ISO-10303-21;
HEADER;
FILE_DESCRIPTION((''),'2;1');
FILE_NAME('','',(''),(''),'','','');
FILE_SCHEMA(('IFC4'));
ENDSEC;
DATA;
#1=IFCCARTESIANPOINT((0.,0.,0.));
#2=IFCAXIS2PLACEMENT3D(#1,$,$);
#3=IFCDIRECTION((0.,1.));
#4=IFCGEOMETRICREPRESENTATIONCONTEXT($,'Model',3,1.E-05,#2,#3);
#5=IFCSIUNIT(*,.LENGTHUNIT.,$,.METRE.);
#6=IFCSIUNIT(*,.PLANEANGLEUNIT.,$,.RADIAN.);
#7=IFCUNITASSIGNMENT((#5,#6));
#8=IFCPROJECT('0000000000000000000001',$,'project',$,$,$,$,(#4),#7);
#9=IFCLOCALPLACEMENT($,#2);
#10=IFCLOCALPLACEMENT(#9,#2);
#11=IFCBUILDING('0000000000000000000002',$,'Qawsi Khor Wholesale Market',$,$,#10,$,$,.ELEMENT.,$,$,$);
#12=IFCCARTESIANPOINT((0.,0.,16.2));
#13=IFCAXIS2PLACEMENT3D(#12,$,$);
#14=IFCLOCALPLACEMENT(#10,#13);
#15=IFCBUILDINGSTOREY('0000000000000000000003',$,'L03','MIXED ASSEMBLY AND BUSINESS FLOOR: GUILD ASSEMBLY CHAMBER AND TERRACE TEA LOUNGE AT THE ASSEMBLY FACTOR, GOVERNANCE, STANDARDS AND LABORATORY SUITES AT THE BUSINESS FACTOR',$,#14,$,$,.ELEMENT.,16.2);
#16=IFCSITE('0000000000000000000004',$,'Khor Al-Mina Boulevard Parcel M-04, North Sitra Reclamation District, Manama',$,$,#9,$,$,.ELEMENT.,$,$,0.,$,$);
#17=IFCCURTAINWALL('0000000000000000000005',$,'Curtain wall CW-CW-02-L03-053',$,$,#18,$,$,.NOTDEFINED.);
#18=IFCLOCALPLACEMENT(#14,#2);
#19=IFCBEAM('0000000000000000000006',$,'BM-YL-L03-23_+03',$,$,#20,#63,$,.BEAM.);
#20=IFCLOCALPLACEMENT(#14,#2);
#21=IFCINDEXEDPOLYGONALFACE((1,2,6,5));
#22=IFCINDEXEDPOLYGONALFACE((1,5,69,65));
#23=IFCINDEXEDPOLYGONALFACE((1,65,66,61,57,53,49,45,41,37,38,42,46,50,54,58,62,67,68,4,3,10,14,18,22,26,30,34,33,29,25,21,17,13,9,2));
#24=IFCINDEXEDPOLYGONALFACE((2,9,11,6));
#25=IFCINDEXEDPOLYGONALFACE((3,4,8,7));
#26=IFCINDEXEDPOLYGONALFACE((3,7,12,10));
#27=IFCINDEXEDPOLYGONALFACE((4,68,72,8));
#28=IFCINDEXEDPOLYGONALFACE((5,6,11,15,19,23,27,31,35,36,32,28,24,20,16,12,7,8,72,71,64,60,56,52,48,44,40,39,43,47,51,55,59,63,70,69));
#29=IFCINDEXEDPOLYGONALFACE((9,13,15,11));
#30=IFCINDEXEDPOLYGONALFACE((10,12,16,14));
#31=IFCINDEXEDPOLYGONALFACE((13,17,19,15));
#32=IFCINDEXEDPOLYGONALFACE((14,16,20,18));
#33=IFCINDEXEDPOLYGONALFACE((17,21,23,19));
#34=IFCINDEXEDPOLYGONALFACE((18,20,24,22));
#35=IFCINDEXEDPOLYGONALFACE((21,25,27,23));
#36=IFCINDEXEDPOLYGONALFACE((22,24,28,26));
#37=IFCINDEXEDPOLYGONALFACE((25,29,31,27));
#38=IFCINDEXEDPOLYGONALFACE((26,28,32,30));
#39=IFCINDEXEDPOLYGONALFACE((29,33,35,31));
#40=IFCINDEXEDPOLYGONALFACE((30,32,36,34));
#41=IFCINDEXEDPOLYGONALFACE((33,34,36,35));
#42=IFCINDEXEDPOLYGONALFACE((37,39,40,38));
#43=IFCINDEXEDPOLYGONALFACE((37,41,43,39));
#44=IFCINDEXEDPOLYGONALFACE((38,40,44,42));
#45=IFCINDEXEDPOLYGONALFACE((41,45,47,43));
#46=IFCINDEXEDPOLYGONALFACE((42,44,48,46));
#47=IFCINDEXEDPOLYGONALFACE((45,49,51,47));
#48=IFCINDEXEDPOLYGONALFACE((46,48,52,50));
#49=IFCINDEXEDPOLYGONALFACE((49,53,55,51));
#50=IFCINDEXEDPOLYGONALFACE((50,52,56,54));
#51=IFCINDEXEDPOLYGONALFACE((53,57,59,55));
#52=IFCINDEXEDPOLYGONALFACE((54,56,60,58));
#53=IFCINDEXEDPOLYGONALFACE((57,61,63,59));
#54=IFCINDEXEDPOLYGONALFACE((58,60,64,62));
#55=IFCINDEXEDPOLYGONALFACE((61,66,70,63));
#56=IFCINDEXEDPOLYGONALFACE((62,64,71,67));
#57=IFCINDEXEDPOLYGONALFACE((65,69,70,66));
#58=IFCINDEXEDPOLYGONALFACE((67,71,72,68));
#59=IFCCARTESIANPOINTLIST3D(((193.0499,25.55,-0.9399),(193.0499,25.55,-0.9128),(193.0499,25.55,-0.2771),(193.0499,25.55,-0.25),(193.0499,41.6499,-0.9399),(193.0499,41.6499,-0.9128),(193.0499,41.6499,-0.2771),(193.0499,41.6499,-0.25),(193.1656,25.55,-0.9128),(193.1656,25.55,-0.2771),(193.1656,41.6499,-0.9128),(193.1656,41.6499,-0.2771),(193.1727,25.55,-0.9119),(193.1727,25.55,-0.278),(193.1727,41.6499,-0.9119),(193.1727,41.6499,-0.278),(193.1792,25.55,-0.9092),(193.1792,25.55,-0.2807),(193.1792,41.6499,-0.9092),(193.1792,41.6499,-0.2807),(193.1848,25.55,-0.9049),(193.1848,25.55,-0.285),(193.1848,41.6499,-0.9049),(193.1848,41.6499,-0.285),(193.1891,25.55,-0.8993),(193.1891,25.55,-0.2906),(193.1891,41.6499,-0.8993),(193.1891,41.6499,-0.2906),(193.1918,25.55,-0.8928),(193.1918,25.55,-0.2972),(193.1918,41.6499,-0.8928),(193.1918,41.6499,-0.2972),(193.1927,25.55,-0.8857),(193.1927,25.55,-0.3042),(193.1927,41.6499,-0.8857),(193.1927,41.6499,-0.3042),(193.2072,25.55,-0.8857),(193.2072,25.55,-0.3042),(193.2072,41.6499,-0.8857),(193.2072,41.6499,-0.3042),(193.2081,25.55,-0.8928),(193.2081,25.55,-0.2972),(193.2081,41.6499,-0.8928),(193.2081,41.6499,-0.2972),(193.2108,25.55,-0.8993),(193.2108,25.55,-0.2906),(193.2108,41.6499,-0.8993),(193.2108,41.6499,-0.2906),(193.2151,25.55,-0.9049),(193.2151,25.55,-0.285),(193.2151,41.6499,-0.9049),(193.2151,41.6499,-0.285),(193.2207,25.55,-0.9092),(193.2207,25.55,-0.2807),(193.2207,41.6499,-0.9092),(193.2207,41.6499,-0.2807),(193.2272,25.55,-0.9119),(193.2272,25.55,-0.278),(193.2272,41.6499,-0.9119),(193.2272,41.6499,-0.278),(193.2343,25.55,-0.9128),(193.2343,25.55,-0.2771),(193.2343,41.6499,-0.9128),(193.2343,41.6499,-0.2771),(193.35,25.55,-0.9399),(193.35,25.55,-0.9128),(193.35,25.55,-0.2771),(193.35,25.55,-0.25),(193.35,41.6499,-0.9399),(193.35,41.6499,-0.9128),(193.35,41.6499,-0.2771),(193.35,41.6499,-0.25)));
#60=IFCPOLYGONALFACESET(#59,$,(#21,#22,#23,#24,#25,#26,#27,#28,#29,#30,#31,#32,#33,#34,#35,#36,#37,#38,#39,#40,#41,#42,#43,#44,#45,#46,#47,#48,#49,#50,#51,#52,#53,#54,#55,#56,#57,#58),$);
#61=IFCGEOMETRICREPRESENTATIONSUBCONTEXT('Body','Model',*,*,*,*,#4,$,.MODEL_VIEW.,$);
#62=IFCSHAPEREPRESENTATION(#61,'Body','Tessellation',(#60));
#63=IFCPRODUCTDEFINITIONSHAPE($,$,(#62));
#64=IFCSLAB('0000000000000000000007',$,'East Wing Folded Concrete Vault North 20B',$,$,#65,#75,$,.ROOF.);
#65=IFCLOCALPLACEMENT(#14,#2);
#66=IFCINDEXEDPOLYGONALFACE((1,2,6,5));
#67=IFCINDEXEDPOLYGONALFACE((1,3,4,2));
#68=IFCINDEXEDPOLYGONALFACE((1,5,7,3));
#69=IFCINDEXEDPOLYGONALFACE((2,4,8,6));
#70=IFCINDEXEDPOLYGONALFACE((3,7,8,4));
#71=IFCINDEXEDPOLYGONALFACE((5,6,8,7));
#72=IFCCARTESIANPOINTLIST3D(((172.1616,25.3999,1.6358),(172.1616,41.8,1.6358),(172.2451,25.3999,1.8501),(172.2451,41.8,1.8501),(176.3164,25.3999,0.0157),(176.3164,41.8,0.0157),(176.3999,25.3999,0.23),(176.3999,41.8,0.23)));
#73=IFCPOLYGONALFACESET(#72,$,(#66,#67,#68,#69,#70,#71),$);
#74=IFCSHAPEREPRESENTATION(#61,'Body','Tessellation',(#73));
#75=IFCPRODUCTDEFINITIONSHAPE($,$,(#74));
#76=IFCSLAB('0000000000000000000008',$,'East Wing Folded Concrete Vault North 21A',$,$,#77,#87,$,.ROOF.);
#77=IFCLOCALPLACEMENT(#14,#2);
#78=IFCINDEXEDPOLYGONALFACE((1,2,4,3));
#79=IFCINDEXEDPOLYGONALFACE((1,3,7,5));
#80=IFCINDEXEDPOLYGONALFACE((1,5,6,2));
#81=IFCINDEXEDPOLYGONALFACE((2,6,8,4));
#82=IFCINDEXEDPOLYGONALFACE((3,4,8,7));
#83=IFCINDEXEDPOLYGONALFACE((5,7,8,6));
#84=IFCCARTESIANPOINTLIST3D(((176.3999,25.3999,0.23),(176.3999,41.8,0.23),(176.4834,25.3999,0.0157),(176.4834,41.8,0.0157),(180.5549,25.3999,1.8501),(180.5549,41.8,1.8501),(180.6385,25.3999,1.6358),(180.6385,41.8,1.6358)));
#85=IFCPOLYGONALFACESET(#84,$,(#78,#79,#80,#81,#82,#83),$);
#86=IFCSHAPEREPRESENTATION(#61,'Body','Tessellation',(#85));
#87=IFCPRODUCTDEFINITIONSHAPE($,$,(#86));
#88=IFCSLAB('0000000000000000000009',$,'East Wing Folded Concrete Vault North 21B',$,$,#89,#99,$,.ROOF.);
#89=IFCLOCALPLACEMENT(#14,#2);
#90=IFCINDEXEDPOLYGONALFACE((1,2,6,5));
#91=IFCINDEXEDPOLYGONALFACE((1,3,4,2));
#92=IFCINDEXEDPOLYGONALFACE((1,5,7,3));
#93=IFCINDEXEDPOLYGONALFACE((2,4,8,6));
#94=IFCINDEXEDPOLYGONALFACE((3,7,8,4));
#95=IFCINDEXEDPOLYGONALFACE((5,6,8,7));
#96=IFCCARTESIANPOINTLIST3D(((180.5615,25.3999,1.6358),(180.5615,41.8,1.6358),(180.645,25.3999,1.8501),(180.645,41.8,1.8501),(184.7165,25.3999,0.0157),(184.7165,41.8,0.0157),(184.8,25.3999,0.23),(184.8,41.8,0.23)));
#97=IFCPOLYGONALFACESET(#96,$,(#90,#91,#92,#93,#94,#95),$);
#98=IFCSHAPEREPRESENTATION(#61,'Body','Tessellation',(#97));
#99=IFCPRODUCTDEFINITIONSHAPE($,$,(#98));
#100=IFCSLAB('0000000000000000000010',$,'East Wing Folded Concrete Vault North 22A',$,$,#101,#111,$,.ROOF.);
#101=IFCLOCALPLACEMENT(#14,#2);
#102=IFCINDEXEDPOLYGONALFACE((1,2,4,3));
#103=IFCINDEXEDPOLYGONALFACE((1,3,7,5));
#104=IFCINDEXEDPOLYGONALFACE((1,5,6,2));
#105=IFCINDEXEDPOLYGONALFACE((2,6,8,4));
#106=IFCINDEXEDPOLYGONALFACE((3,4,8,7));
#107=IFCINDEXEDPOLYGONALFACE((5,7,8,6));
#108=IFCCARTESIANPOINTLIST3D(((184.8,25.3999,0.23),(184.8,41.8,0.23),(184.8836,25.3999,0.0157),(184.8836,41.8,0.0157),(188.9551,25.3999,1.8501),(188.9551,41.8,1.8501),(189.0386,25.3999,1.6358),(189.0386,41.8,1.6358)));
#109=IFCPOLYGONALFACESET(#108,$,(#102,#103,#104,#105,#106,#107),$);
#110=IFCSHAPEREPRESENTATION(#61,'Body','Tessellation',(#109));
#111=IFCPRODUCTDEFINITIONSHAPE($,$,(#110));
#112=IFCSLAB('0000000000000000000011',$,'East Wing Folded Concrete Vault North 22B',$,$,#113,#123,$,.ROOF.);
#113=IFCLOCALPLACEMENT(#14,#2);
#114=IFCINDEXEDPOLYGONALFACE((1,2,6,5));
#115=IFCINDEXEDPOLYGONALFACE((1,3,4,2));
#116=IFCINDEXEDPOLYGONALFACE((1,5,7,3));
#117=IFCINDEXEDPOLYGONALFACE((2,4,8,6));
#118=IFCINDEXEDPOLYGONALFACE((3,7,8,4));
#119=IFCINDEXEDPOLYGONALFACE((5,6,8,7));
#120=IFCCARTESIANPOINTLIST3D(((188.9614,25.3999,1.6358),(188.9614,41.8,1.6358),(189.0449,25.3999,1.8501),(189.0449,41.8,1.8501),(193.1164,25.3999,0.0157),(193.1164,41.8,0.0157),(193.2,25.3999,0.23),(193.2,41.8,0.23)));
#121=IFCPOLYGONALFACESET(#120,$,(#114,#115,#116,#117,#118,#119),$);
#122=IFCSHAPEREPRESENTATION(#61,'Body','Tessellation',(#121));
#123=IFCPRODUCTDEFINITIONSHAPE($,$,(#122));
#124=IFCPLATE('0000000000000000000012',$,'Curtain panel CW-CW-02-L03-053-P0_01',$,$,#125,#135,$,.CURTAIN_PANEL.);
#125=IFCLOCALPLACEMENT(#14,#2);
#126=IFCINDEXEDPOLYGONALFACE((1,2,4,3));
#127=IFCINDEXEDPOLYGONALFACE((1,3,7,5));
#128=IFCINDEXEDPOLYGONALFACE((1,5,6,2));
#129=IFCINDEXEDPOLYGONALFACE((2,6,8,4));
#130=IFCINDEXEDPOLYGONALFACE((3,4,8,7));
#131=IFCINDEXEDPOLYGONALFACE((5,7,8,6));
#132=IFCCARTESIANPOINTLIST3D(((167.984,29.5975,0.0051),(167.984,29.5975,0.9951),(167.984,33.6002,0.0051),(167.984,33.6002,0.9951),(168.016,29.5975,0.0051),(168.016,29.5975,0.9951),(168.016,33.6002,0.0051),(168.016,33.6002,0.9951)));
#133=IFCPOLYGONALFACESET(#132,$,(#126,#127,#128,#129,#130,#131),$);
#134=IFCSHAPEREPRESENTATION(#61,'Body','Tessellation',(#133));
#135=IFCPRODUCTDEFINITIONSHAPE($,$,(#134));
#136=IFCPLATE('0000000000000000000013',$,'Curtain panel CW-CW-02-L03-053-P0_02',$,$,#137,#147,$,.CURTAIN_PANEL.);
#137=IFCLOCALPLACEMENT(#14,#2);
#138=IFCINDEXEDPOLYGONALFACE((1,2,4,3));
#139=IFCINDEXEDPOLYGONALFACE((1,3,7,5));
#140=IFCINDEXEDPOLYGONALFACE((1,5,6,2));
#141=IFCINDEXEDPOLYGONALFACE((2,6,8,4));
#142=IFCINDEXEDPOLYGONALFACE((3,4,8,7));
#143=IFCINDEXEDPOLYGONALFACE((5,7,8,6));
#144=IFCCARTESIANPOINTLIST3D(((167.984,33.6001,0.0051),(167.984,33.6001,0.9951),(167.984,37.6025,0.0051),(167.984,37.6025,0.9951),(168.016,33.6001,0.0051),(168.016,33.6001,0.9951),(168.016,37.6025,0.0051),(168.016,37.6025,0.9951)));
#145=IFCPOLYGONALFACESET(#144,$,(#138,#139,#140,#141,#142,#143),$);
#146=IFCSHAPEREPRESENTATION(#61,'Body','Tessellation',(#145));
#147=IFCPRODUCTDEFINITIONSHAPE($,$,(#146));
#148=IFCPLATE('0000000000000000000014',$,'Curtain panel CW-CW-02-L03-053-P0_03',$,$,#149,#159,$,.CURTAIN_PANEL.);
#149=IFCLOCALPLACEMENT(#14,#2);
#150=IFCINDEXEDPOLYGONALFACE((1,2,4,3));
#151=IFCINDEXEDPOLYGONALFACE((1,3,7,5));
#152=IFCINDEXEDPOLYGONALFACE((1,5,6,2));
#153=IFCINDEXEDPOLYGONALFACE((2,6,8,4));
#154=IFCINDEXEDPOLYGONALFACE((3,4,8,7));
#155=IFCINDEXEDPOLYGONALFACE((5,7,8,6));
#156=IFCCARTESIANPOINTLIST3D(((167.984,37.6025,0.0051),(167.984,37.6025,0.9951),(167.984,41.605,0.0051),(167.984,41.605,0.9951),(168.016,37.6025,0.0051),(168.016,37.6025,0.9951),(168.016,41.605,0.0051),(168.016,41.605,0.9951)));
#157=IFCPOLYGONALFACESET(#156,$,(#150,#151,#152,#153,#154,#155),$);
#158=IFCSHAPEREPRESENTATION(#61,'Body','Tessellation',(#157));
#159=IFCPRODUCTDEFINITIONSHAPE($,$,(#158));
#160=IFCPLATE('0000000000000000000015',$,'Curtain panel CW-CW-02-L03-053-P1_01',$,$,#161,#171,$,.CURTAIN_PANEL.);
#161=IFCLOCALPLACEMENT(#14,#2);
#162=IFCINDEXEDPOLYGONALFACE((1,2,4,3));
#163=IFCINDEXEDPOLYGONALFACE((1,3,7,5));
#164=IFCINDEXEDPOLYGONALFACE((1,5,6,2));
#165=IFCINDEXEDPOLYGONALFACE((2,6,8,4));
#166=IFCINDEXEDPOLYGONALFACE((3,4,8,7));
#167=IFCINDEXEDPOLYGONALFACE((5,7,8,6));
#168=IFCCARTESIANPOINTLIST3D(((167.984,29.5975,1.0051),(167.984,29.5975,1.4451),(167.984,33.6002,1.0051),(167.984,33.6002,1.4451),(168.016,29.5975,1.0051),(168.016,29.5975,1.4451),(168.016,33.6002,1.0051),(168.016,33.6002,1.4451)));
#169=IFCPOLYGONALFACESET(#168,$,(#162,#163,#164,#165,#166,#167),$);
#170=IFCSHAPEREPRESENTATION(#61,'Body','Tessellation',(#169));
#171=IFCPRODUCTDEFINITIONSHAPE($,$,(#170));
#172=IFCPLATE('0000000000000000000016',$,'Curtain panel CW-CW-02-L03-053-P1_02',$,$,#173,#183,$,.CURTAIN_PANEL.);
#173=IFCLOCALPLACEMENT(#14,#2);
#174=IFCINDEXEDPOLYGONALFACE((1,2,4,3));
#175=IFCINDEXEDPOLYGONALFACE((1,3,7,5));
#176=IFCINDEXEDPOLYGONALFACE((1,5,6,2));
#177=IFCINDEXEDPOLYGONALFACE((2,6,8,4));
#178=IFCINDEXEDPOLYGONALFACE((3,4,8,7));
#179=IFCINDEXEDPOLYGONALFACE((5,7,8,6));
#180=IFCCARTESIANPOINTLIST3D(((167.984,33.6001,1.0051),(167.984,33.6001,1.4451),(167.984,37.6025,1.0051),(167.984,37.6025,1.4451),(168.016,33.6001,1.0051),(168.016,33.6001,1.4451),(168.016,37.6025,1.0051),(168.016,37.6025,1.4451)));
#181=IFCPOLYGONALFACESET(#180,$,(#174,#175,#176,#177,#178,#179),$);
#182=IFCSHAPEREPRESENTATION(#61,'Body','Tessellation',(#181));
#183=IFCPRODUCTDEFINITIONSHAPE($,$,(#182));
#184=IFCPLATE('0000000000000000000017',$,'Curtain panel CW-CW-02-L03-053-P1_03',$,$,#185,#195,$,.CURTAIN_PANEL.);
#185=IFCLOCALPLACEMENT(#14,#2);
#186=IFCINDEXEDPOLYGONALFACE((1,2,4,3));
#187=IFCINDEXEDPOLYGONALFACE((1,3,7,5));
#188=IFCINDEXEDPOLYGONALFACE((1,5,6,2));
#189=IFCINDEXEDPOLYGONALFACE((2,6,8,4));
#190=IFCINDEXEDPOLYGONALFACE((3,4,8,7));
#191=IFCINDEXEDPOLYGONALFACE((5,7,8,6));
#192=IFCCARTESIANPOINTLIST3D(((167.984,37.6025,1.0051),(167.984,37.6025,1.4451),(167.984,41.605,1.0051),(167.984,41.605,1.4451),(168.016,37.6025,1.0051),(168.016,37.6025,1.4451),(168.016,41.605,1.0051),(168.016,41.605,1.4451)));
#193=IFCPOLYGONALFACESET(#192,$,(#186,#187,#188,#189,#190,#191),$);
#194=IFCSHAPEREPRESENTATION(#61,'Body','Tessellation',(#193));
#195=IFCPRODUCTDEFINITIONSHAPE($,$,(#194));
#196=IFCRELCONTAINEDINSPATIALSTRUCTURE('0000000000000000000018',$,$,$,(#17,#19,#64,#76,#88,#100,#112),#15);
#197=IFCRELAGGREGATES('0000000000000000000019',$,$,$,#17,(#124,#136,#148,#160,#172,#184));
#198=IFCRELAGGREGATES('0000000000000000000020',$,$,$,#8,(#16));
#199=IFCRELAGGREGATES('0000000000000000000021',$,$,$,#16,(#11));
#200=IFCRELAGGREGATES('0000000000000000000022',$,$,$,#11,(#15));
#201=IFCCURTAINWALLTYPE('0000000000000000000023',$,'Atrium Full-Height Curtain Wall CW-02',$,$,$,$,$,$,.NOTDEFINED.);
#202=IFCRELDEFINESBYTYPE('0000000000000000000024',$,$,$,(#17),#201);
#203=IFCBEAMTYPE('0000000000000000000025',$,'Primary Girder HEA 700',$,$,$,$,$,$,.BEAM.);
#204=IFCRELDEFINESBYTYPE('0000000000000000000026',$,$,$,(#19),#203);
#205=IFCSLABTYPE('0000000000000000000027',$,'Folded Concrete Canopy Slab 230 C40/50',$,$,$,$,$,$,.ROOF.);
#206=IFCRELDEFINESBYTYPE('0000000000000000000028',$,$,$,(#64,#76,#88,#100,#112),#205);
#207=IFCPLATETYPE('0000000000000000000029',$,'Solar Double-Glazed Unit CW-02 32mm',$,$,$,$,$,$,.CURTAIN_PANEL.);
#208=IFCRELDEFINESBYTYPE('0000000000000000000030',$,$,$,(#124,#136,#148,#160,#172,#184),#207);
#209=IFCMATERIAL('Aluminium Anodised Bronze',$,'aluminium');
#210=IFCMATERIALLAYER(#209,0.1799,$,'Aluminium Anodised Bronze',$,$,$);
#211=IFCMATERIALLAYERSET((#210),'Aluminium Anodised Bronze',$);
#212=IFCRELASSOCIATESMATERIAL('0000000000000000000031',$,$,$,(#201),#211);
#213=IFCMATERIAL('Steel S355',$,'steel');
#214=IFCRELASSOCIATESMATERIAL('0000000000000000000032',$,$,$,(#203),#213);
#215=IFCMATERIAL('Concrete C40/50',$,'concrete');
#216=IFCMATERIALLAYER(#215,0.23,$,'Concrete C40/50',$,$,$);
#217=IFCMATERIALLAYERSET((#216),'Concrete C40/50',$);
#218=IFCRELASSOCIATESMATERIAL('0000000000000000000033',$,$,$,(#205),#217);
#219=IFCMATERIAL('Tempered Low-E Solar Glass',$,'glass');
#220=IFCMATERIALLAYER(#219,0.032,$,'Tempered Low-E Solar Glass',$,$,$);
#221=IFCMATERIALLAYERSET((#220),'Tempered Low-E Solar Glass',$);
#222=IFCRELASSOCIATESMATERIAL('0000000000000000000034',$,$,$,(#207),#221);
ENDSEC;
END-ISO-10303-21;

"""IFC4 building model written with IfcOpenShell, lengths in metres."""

from ifc_helpers import new_model, si_unit, direction, frame, frame_2d, origin, origin_2d, place, context, subcontext, project, spatial, polyline, rectangle, i_section, outline, extrude, material, layer, layer_set, material_profile, profile_set, type_object, element, aggregate, save


model = new_model("IFC4")

# Units and contexts
model_context = context("Model", 3, precision=1e-05, world=origin(), true_north=direction((0.0, 1.0)))
body_context = subcontext(model_context, "Body", "Model", "MODEL_VIEW")
ifc_project = project(units=[si_unit("LENGTHUNIT", "METRE"), si_unit("PLANEANGLEUNIT", "RADIAN")], contexts=[model_context])

# Site, building, storey
site_placement = place(None, origin())
site = spatial("IfcSite", under=ifc_project, at=site_placement, Name="Khor Al-Mina Boulevard Parcel M-04, North Sitra Reclamation District, Manama", CompositionType="ELEMENT", RefElevation=0.0)
building_placement = place(site_placement, origin())
building = spatial("IfcBuilding", under=site, at=building_placement, Name="Qawsi Khor Wholesale Market", CompositionType="ELEMENT")
storey_placement = place(building_placement, frame((0.0, 0.0, 16.2)))
storey = spatial("IfcBuildingStorey", under=building, at=storey_placement, Name="L03", Description="MIXED ASSEMBLY AND BUSINESS FLOOR: GUILD ASSEMBLY CHAMBER AND TERRACE TEA LOUNGE AT THE ASSEMBLY FACTOR, GOVERNANCE, STANDARDS AND LABORATORY SUITES AT THE BUSINESS FACTOR", CompositionType="ELEMENT", Elevation=16.2)

# Curtain wall
ifc_material_1 = material(Name="Aluminium Anodised Bronze", Category="aluminium")
ifc_layer_1 = layer(ifc_material_1, 0.1799, Name="Aluminium Anodised Bronze")
ifc_layer_set_1 = layer_set([ifc_layer_1], Name="Aluminium Anodised Bronze")
curtain_wall_type = type_object("IfcCurtainWallType", Name="Atrium Full-Height Curtain Wall CW-02", PredefinedType="NOTDEFINED", material=ifc_layer_set_1)
curtain_wall_placement = place(storey_placement, origin())
curtain_wall = element("IfcCurtainWall", 1, at=curtain_wall_placement, inside=storey, type_object=curtain_wall_type, Name="Curtain wall CW-CW-02-L03-053", PredefinedType="NOTDEFINED")

# Shared definitions
ifc_material_2 = material(Name="Steel S355", Category="steel")

# Beam
ifc_material_profile_1 = material_profile(ifc_material_2, i_section(OverallWidth=0.3, OverallDepth=0.6899, WebThickness=0.0144, FlangeThickness=0.0271, FilletRadius=0.0271, at=origin_2d()), Name="HEA 700")
ifc_profile_set_1 = profile_set([ifc_material_profile_1], Name="Steel S355")
beam_type_1 = type_object("IfcBeamType", Name="Primary Girder HEA 700", PredefinedType="BEAM", material=ifc_profile_set_1)
for number, where, z_axis, x_axis, name in (
    (2, (193.2, 25.55, -0.595), (0.0, 1.0, 0.0), (-1.0, 0.0, 0.0), "BM-YL-L03-23_+03"),
):
    element("IfcBeam", number, at=place(storey_placement, frame(where, z_axis=z_axis, x_axis=x_axis)), inside=storey, type_object=beam_type_1, Name=name, PredefinedType="BEAM", context=body_context, shape_type="SweptSolid", body=[
        extrude(i_section(OverallWidth=0.3, OverallDepth=0.6899, WebThickness=0.0144, FlangeThickness=0.0271, FilletRadius=0.0271, at=origin_2d()), origin(), (0.0, 0.0, 1.0), 16.0999),
    ])

# Slabs
ifc_material_3 = material(Name="Concrete C40/50", Category="concrete")
ifc_layer_2 = layer(ifc_material_3, 0.23, Name="Concrete C40/50")
ifc_layer_set_2 = layer_set([ifc_layer_2], Name="Concrete C40/50")
slab_type = type_object("IfcSlabType", Name="Folded Concrete Canopy Slab 230 C40/50", PredefinedType="ROOF", material=ifc_layer_set_2)
slab_placement = place(storey_placement, frame((172.2451, 25.3999, 1.8501), z_axis=(0.363297, 0.0, 0.931673), x_axis=(0.931673, 0.0, -0.363297)))
element("IfcSlab", 3, at=slab_placement, inside=storey, type_object=slab_type, Name="East Wing Folded Concrete Vault North 20B", PredefinedType="ROOF", context=body_context, shape_type="SweptSolid", body=[
    extrude(outline(polyline([(0.0, 0.0), (4.4595, 0.0), (4.4595, 16.4001), (0.0, 16.4001), (0.0, 0.0)])), origin(), (0.0, 0.0, -1.0), 0.23),
])
for number, where, z_axis, x_axis, name in (
    (4, (176.3999, 25.3999, 0.23), (-0.363278, 0.0, 0.931681), (0.931681, 0.0, 0.363278), "East Wing Folded Concrete Vault North 21A"),
    (5, (180.645, 25.3999, 1.8501), (0.363278, 0.0, 0.931681), (0.931681, 0.0, -0.363278), "East Wing Folded Concrete Vault North 21B"),
    (6, (184.8, 25.3999, 0.23), (-0.363278, 0.0, 0.931681), (0.931681, 0.0, 0.363278), "East Wing Folded Concrete Vault North 22A"),
    (7, (189.0449, 25.3999, 1.8501), (0.363278, 0.0, 0.931681), (0.931681, 0.0, -0.363278), "East Wing Folded Concrete Vault North 22B"),
):
    element("IfcSlab", number, at=place(storey_placement, frame(where, z_axis=z_axis, x_axis=x_axis)), inside=storey, type_object=slab_type, Name=name, PredefinedType="ROOF", context=body_context, shape_type="SweptSolid", body=[
        extrude(outline(polyline([(0.0, 0.0), (4.4597, 0.0), (4.4597, 16.4001), (0.0, 16.4001), (0.0, 0.0)])), origin(), (0.0, 0.0, -1.0), 0.23),
    ])

# Plates
ifc_material_4 = material(Name="Tempered Low-E Solar Glass", Category="glass")
ifc_layer_3 = layer(ifc_material_4, 0.032, Name="Tempered Low-E Solar Glass")
ifc_layer_set_3 = layer_set([ifc_layer_3], Name="Tempered Low-E Solar Glass")
plate_type = type_object("IfcPlateType", Name="Solar Double-Glazed Unit CW-02 32mm", PredefinedType="CURTAIN_PANEL", material=ifc_layer_set_3)
plate_1_placement = place(storey_placement, frame((168.0, 29.5974, 0.0051), z_axis=(0.0, 0.0, 1.0), x_axis=(0.0, 1.0, 0.0)))
plate_1 = element("IfcPlate", 8, at=plate_1_placement, type_object=plate_type, Name="Curtain panel CW-CW-02-L03-053-P0_01", PredefinedType="CURTAIN_PANEL", context=body_context, shape_type="SweptSolid", body=[
    extrude(rectangle(XDim=4.0027, YDim=0.032, at=frame_2d((2.0015, 0.0))), origin(), (0.0, 0.0, 1.0), 0.99),
])
plate_2_placement = place(storey_placement, frame((168.0, 33.6001, 0.0051), z_axis=(0.0, 0.0, 1.0), x_axis=(0.0, 1.0, 0.0)))
plate_2 = element("IfcPlate", 9, at=plate_2_placement, type_object=plate_type, Name="Curtain panel CW-CW-02-L03-053-P0_02", PredefinedType="CURTAIN_PANEL", context=body_context, shape_type="SweptSolid", body=[
    extrude(rectangle(XDim=4.0024, YDim=0.032, at=frame_2d((2.0012, 0.0))), origin(), (0.0, 0.0, 1.0), 0.99),
])
plate_3_placement = place(storey_placement, frame((168.0, 37.6025, 0.0051), z_axis=(0.0, 0.0, 1.0), x_axis=(0.0, 1.0, 0.0)))
plate_3 = element("IfcPlate", 10, at=plate_3_placement, type_object=plate_type, Name="Curtain panel CW-CW-02-L03-053-P0_03", PredefinedType="CURTAIN_PANEL", context=body_context, shape_type="SweptSolid", body=[
    extrude(rectangle(XDim=4.0024, YDim=0.032, at=frame_2d((2.0012, 0.0))), origin(), (0.0, 0.0, 1.0), 0.99),
])
plate_4_placement = place(storey_placement, frame((168.0, 29.5974, 1.0051), z_axis=(0.0, 0.0, 1.0), x_axis=(0.0, 1.0, 0.0)))
plate_4 = element("IfcPlate", 11, at=plate_4_placement, type_object=plate_type, Name="Curtain panel CW-CW-02-L03-053-P1_01", PredefinedType="CURTAIN_PANEL", context=body_context, shape_type="SweptSolid", body=[
    extrude(rectangle(XDim=4.0027, YDim=0.032, at=frame_2d((2.0015, 0.0))), origin(), (0.0, 0.0, 1.0), 0.4399),
])
plate_5_placement = place(storey_placement, frame((168.0, 33.6001, 1.0051), z_axis=(0.0, 0.0, 1.0), x_axis=(0.0, 1.0, 0.0)))
plate_5 = element("IfcPlate", 12, at=plate_5_placement, type_object=plate_type, Name="Curtain panel CW-CW-02-L03-053-P1_02", PredefinedType="CURTAIN_PANEL", context=body_context, shape_type="SweptSolid", body=[
    extrude(rectangle(XDim=4.0024, YDim=0.032, at=frame_2d((2.0012, 0.0))), origin(), (0.0, 0.0, 1.0), 0.4399),
])
plate_6_placement = place(storey_placement, frame((168.0, 37.6025, 1.0051), z_axis=(0.0, 0.0, 1.0), x_axis=(0.0, 1.0, 0.0)))
plate_6 = element("IfcPlate", 13, at=plate_6_placement, type_object=plate_type, Name="Curtain panel CW-CW-02-L03-053-P1_03", PredefinedType="CURTAIN_PANEL", context=body_context, shape_type="SweptSolid", body=[
    extrude(rectangle(XDim=4.0024, YDim=0.032, at=frame_2d((2.0012, 0.0))), origin(), (0.0, 0.0, 1.0), 0.4399),
])
aggregate(curtain_wall, [plate_1, plate_2, plate_3, plate_4, plate_5, plate_6])

save(model, "model.ifc")
